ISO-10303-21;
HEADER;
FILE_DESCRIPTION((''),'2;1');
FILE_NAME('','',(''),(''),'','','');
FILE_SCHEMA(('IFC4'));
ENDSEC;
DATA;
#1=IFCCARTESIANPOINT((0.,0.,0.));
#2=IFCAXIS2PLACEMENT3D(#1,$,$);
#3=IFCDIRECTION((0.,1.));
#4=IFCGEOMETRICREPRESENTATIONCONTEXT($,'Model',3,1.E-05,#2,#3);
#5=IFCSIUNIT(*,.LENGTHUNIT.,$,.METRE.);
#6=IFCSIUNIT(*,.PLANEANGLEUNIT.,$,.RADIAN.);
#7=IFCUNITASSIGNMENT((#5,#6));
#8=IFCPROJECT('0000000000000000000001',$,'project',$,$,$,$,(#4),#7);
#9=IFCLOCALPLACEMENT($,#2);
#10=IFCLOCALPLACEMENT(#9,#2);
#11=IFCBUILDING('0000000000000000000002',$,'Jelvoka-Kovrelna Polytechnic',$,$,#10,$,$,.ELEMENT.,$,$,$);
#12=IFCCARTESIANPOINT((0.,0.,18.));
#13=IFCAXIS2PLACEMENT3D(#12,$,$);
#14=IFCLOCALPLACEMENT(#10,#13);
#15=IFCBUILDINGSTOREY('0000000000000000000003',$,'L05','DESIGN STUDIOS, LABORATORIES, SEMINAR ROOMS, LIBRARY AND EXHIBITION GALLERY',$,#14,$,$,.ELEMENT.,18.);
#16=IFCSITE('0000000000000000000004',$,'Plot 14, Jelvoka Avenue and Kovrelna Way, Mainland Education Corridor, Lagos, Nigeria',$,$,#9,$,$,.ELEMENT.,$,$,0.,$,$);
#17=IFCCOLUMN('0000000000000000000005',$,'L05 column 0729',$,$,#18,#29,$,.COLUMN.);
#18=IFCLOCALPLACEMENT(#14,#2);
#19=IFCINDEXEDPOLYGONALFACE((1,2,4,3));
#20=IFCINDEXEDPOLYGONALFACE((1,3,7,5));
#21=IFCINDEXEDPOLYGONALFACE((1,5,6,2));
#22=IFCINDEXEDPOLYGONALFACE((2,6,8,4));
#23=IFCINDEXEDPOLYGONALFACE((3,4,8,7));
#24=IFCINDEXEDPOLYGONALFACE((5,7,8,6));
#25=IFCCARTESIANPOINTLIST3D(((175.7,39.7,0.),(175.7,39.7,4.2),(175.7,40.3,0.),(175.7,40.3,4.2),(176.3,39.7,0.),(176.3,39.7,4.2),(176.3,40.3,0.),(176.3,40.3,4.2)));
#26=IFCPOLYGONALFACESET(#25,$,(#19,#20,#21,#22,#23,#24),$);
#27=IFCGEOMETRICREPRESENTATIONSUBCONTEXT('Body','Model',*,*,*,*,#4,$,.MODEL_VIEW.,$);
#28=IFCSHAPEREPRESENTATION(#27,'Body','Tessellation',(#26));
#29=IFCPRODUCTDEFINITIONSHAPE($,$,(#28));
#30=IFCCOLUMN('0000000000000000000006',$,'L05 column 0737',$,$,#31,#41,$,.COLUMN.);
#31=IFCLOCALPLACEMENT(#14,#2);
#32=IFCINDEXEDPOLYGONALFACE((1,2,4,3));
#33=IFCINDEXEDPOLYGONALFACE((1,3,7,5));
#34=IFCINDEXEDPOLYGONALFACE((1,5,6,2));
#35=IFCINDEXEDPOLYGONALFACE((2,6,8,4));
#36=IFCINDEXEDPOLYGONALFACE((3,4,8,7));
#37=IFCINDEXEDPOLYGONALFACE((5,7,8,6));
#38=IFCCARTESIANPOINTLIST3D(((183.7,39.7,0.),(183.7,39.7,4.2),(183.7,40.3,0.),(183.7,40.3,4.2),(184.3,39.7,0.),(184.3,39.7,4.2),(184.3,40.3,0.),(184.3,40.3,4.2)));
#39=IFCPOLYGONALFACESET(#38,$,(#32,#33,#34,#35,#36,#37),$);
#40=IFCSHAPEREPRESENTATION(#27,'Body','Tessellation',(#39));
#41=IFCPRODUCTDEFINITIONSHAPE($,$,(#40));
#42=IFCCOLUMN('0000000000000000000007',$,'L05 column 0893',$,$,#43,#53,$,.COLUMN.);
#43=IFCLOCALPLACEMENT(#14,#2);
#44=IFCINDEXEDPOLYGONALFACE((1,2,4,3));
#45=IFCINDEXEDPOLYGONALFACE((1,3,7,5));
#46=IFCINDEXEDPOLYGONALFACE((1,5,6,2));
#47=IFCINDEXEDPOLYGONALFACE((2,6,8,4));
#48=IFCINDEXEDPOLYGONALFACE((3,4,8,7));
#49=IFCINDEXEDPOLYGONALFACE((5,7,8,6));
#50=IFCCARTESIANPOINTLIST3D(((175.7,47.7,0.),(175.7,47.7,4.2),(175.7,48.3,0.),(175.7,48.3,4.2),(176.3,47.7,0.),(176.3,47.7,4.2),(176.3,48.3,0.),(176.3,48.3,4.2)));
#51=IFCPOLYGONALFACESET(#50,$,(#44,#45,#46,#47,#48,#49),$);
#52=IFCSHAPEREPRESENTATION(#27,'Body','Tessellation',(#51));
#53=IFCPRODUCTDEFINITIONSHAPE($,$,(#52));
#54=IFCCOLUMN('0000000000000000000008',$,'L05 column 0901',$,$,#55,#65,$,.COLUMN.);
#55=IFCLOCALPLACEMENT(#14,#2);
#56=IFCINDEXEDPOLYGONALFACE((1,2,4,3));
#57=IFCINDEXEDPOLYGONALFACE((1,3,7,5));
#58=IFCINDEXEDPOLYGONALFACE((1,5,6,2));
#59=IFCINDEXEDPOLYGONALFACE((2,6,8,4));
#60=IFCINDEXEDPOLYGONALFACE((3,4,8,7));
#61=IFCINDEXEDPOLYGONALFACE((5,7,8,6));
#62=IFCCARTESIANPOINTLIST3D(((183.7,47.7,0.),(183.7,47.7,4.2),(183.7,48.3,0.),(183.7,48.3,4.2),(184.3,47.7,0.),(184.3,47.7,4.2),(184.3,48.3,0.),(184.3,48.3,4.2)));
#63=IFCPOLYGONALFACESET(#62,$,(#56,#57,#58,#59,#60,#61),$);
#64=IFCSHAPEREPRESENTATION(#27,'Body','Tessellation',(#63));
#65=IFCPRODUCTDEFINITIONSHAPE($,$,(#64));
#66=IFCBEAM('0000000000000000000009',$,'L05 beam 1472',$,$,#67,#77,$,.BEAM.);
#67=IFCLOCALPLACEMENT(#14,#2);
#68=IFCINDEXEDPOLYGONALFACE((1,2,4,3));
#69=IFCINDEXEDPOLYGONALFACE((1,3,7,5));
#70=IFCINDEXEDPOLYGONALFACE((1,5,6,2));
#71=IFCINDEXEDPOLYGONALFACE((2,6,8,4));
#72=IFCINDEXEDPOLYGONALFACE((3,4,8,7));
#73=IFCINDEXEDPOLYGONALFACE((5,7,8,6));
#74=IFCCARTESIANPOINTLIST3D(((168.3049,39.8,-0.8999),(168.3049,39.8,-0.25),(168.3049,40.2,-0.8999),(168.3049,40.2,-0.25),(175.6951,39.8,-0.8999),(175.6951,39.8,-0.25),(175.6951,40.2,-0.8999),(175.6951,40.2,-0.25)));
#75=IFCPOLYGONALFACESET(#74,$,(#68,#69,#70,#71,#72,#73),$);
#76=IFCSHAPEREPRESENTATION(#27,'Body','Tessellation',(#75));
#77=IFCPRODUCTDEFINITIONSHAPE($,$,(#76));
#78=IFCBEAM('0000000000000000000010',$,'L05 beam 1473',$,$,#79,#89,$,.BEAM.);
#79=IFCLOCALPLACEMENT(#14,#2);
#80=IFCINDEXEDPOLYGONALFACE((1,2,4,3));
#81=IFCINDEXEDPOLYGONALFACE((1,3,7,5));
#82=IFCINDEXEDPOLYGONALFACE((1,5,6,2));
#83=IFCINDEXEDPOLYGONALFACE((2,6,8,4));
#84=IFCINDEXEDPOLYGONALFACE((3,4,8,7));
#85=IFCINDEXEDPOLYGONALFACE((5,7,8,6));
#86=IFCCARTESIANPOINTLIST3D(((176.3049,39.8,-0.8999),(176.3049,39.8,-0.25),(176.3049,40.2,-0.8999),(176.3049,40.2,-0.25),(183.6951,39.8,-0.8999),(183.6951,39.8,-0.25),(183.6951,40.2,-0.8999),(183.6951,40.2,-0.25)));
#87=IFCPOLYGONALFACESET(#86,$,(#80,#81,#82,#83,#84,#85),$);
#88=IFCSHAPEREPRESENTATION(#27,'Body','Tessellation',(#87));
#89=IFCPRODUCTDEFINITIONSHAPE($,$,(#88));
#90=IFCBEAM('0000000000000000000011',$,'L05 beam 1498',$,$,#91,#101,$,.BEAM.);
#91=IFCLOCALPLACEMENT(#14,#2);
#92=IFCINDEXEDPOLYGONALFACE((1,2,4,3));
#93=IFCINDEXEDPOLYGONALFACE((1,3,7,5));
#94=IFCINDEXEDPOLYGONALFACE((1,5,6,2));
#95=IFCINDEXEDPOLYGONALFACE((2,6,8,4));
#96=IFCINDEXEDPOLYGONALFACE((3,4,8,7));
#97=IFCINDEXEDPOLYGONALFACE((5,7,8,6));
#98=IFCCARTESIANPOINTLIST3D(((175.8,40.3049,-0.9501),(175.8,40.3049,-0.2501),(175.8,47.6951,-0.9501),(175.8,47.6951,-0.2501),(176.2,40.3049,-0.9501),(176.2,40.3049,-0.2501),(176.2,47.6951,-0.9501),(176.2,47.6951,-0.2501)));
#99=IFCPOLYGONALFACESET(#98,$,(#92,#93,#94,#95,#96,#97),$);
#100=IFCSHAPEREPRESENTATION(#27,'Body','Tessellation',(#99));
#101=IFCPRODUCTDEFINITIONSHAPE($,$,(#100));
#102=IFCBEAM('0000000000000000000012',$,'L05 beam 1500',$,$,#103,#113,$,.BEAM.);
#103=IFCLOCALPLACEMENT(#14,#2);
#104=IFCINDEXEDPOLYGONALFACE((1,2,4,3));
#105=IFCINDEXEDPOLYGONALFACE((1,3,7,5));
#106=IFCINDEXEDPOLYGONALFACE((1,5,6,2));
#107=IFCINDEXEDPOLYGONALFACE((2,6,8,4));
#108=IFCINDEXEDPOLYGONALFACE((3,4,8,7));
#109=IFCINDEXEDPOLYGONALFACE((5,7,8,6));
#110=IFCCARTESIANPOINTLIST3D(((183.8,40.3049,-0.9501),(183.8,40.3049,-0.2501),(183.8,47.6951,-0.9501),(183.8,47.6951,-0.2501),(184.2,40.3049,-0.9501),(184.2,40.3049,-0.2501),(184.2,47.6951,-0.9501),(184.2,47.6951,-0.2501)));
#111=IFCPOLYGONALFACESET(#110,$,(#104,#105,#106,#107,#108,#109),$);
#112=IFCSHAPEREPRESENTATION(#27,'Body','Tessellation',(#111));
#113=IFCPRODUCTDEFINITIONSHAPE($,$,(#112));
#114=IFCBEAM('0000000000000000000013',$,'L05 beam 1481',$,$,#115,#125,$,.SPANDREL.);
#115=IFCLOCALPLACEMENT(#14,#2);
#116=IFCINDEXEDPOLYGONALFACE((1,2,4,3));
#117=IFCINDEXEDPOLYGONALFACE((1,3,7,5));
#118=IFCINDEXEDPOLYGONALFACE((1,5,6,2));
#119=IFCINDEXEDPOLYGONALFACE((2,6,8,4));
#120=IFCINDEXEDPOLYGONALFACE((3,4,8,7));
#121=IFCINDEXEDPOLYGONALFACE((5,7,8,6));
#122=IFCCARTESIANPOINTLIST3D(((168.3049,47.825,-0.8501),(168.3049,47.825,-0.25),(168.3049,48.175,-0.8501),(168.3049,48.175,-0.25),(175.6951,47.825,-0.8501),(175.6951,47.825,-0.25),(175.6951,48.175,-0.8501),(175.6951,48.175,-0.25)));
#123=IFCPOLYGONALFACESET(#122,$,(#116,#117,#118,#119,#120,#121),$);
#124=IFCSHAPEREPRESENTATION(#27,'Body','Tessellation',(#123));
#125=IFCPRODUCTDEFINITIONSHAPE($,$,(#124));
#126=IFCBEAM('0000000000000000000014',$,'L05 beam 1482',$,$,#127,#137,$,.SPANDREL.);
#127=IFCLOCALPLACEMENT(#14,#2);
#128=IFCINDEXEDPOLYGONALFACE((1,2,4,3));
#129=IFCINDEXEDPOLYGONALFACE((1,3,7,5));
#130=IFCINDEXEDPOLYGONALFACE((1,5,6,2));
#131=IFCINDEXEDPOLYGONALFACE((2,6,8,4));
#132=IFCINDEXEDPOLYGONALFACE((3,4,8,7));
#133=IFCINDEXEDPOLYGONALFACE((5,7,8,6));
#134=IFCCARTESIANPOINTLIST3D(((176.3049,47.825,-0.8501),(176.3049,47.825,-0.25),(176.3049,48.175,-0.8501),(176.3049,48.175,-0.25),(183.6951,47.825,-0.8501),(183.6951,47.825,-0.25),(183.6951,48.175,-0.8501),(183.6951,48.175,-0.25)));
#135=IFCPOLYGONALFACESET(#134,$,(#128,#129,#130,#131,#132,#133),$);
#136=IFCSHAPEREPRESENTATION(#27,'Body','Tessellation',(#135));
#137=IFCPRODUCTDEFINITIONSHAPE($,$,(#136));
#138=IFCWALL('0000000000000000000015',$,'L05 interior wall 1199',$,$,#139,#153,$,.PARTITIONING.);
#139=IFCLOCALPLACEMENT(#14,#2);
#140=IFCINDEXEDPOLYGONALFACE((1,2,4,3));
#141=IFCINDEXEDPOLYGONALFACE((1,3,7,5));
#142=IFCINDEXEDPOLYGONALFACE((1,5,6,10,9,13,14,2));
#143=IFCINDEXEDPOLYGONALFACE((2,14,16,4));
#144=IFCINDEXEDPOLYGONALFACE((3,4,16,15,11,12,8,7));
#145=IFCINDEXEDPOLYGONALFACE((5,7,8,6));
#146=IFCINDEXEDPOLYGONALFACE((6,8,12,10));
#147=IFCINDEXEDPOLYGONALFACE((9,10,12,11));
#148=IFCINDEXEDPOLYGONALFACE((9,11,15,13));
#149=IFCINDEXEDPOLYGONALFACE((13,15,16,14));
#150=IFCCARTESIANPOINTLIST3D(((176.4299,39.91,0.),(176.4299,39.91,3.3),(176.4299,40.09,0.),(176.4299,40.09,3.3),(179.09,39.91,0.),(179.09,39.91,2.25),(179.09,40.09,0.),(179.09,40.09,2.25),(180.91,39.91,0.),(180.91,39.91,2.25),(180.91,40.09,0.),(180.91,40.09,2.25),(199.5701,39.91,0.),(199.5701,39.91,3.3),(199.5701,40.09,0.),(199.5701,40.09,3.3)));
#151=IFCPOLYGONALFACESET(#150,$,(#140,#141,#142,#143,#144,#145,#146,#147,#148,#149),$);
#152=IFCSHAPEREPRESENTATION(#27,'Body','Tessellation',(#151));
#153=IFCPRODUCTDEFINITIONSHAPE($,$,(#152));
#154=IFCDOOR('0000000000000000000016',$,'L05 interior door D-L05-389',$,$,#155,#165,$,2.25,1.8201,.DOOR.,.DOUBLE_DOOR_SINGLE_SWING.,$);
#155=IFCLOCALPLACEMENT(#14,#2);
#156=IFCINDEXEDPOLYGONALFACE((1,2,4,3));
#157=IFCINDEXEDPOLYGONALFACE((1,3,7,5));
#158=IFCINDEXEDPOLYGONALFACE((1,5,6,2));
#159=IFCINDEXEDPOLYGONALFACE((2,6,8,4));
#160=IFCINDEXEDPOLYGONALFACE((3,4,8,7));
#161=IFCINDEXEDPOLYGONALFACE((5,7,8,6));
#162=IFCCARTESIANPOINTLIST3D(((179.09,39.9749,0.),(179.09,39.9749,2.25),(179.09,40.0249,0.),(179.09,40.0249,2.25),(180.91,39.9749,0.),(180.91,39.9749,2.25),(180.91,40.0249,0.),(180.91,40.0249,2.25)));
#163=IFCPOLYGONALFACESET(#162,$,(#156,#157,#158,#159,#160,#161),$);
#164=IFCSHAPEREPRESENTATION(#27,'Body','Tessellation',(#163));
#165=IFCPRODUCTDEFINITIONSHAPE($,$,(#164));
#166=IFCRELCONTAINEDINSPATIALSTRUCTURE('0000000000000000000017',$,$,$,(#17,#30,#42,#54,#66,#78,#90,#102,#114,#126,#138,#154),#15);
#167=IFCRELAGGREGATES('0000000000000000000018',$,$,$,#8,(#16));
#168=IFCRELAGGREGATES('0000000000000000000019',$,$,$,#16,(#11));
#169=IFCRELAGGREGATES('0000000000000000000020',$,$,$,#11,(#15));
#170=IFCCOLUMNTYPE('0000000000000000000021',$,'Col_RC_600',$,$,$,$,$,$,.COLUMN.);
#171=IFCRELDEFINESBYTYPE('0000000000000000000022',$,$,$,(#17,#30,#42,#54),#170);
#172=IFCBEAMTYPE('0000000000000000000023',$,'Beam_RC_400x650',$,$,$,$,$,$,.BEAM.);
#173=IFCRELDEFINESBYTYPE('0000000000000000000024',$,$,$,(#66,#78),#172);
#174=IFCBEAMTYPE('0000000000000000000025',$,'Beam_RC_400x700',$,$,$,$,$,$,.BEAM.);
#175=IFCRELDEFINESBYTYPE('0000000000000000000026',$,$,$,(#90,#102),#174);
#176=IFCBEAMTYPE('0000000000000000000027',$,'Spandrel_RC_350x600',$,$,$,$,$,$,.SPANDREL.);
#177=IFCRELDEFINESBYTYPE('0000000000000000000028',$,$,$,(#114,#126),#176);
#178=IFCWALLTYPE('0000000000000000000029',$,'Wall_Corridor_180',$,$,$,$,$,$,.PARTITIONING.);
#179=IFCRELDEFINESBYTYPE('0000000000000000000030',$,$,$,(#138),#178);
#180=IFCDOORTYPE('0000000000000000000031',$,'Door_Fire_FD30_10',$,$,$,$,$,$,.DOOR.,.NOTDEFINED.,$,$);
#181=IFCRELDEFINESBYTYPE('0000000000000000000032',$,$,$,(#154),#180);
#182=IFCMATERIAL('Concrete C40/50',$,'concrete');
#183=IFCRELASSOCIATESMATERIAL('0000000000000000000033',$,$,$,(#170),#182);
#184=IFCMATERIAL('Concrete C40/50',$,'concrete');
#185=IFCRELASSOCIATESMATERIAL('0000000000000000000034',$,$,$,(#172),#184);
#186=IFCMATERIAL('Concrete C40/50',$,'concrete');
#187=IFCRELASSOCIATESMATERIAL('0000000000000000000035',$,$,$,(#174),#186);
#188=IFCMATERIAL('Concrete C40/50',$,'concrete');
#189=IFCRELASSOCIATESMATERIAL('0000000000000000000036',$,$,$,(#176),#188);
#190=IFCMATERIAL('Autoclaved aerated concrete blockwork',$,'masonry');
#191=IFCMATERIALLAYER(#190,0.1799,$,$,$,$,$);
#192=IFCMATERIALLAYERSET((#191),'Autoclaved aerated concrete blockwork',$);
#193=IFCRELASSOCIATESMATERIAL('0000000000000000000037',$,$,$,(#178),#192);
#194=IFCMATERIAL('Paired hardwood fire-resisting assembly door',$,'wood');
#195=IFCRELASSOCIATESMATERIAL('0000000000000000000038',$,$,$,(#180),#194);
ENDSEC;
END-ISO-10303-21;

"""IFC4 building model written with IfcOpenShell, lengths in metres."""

from ifc_helpers import new_model, si_unit, direction, frame, frame_2d, origin, origin_2d, place, context, subcontext, project, spatial, rectangle, extrude, material, layer, layer_set, material_profile, profile_set, type_object, element, fill, save


model = new_model("IFC4")

# Units and contexts
model_context = context("Model", 3, precision=1e-05, world=origin(), true_north=direction((0.0, 1.0)))
body_context = subcontext(model_context, "Body", "Model", "MODEL_VIEW")
ifc_project = project(units=[si_unit("LENGTHUNIT", "METRE"), si_unit("PLANEANGLEUNIT", "RADIAN")], contexts=[model_context])

# Site, building, storey
site_placement = place(None, origin())
site = spatial("IfcSite", under=ifc_project, at=site_placement, Name="Plot 14, Jelvoka Avenue and Kovrelna Way, Mainland Education Corridor, Lagos, Nigeria", CompositionType="ELEMENT", RefElevation=0.0)
building_placement = place(site_placement, origin())
building = spatial("IfcBuilding", under=site, at=building_placement, Name="Jelvoka-Kovrelna Polytechnic", CompositionType="ELEMENT")
storey_placement = place(building_placement, frame((0.0, 0.0, 18.0)))
storey = spatial("IfcBuildingStorey", under=building, at=storey_placement, Name="L05", Description="DESIGN STUDIOS, LABORATORIES, SEMINAR ROOMS, LIBRARY AND EXHIBITION GALLERY", CompositionType="ELEMENT", Elevation=18.0)

# Columns
ifc_material_1 = material(Name="Concrete C40/50", Category="concrete")
ifc_material_profile_1 = material_profile(ifc_material_1, rectangle(XDim=0.6001, YDim=0.6001, at=origin_2d()), Name="RC 600x600")
ifc_profile_set_1 = profile_set([ifc_material_profile_1], Name="Concrete C40/50")
column_type = type_object("IfcColumnType", Name="Col_RC_600", PredefinedType="COLUMN", material=ifc_profile_set_1)
for number, where, z_axis, x_axis, name in (
    (1, (176.0, 40.0, 0.0), (0.0, 0.0, 1.0), (1.0, 0.0, 0.0), "L05 column 0729"),
    (2, (184.0, 40.0, 0.0), (0.0, 0.0, 1.0), (1.0, 0.0, 0.0), "L05 column 0737"),
    (3, (176.0, 48.0, 0.0), (0.0, 0.0, 1.0), (1.0, 0.0, 0.0), "L05 column 0893"),
    (4, (184.0, 48.0, 0.0), (0.0, 0.0, 1.0), (1.0, 0.0, 0.0), "L05 column 0901"),
):
    element("IfcColumn", number, at=place(storey_placement, frame(where, z_axis=z_axis, x_axis=x_axis)), inside=storey, type_object=column_type, Name=name, PredefinedType="COLUMN", context=body_context, shape_type="SweptSolid", body=[
        extrude(rectangle(XDim=0.6001, YDim=0.6001, at=origin_2d()), origin(), (0.0, 0.0, 1.0), 4.2),
    ])

# Beams
ifc_material_2 = material(Name="Concrete C40/50", Category="concrete")
ifc_material_profile_2 = material_profile(ifc_material_2, rectangle(XDim=0.3999, YDim=0.6499, at=origin_2d()), Name="RC 400x650")
ifc_profile_set_2 = profile_set([ifc_material_profile_2], Name="Concrete C40/50")
beam_type_1 = type_object("IfcBeamType", Name="Beam_RC_400x650", PredefinedType="BEAM", material=ifc_profile_set_2)
for number, where, z_axis, x_axis, name in (
    (5, (168.3049, 40.0, -0.575), (1.0, 0.0, 0.0), (0.0, 1.0, 0.0), "L05 beam 1472"),
    (6, (176.3049, 40.0, -0.575), (1.0, 0.0, 0.0), (0.0, 1.0, 0.0), "L05 beam 1473"),
):
    element("IfcBeam", number, at=place(storey_placement, frame(where, z_axis=z_axis, x_axis=x_axis)), inside=storey, type_object=beam_type_1, Name=name, PredefinedType="BEAM", context=body_context, shape_type="SweptSolid", body=[
        extrude(rectangle(XDim=0.3999, YDim=0.6499, at=origin_2d()), origin(), (0.0, 0.0, 1.0), 7.3901),
    ])
ifc_material_3 = material(Name="Concrete C40/50", Category="concrete")
ifc_material_profile_3 = material_profile(ifc_material_3, rectangle(XDim=0.3999, YDim=0.7, at=origin_2d()), Name="RC 400x700")
ifc_profile_set_3 = profile_set([ifc_material_profile_3], Name="Concrete C40/50")
beam_type_2 = type_object("IfcBeamType", Name="Beam_RC_400x700", PredefinedType="BEAM", material=ifc_profile_set_3)
for number, where, z_axis, x_axis, name in (
    (7, (176.0, 40.3049, -0.6001), (0.0, 1.0, 0.0), (-1.0, 0.0, 0.0), "L05 beam 1498"),
    (8, (184.0, 40.3049, -0.6001), (0.0, 1.0, 0.0), (-1.0, 0.0, 0.0), "L05 beam 1500"),
):
    element("IfcBeam", number, at=place(storey_placement, frame(where, z_axis=z_axis, x_axis=x_axis)), inside=storey, type_object=beam_type_2, Name=name, PredefinedType="BEAM", context=body_context, shape_type="SweptSolid", body=[
        extrude(rectangle(XDim=0.3999, YDim=0.7, at=origin_2d()), origin(), (0.0, 0.0, 1.0), 7.3901),
    ])
ifc_material_4 = material(Name="Concrete C40/50", Category="concrete")
ifc_material_profile_4 = material_profile(ifc_material_4, rectangle(XDim=0.3501, YDim=0.6001, at=origin_2d()), Name="RC 350x600")
ifc_profile_set_4 = profile_set([ifc_material_profile_4], Name="Concrete C40/50")
beam_type_3 = type_object("IfcBeamType", Name="Spandrel_RC_350x600", PredefinedType="SPANDREL", material=ifc_profile_set_4)
for number, where, z_axis, x_axis, name in (
    (9, (168.3049, 48.0, -0.55), (1.0, 0.0, 0.0), (0.0, 1.0, 0.0), "L05 beam 1481"),
    (10, (176.3049, 48.0, -0.55), (1.0, 0.0, 0.0), (0.0, 1.0, 0.0), "L05 beam 1482"),
):
    element("IfcBeam", number, at=place(storey_placement, frame(where, z_axis=z_axis, x_axis=x_axis)), inside=storey, type_object=beam_type_3, Name=name, PredefinedType="SPANDREL", context=body_context, shape_type="SweptSolid", body=[
        extrude(rectangle(XDim=0.3501, YDim=0.6001, at=origin_2d()), origin(), (0.0, 0.0, 1.0), 7.3901),
    ])

# Wall, opening, door
ifc_material_5 = material(Name="Autoclaved aerated concrete blockwork", Category="masonry")
ifc_layer_1 = layer(ifc_material_5, 0.1799)
ifc_layer_set_1 = layer_set([ifc_layer_1], Name="Autoclaved aerated concrete blockwork")
wall_type_1 = type_object("IfcWallType", Name="Wall_Corridor_180", PredefinedType="PARTITIONING", material=ifc_layer_set_1)
wall_1_placement = place(storey_placement, frame((176.4299, 40.0, 0.0), z_axis=(0.0, 0.0, 1.0), x_axis=(1.0, 0.0, 0.0)))
wall_1 = element("IfcWall", 11, at=wall_1_placement, inside=storey, type_object=wall_type_1, Name="L05 interior wall 1199", PredefinedType="PARTITIONING", context=body_context, shape_type="SweptSolid", body=[
    extrude(rectangle(XDim=23.1401, YDim=0.1799, at=frame_2d((11.5701, 0.0))), origin(), (0.0, 0.0, 1.0), 3.3),
])
opening_1_placement = place(wall_1_placement, frame((2.6599, 0.0, 0.0)))
opening_1 = element("IfcOpeningElement", 12, at=opening_1_placement, cuts=wall_1, PredefinedType="OPENING", context=body_context, shape_type="SweptSolid", body=[
    extrude(rectangle(XDim=1.8201, YDim=2.25, at=frame_2d((0.9102, 1.125))), frame((0.0, 0.0999, 0.0), z_axis=(0.0, -1.0, 0.0), x_axis=(1.0, 0.0, 0.0)), (0.0, 0.0, 1.0), 0.2),
])
ifc_material_6 = material(Name="Paired hardwood fire-resisting assembly door", Category="wood")
door_type_1 = type_object("IfcDoorType", Name="Door_Fire_FD30_10", OperationType="NOTDEFINED", PredefinedType="DOOR", material=ifc_material_6)
door_1_placement = place(opening_1_placement, origin())
door_1 = element("IfcDoor", 13, at=door_1_placement, inside=storey, type_object=door_type_1, Name="L05 interior door D-L05-389", OperationType="DOUBLE_DOOR_SINGLE_SWING", OverallHeight=2.25, OverallWidth=1.8201, PredefinedType="DOOR", context=body_context, shape_type="SweptSolid", body=[
    extrude(rectangle(XDim=1.8201, YDim=2.25, at=frame_2d((0.9102, 1.125))), frame((0.0, 0.0249, 0.0), z_axis=(0.0, -1.0, 0.0), x_axis=(1.0, 0.0, 0.0)), (0.0, 0.0, 1.0), 0.05),
])
fill(opening_1, door_1)

save(model, "model.ifc")
